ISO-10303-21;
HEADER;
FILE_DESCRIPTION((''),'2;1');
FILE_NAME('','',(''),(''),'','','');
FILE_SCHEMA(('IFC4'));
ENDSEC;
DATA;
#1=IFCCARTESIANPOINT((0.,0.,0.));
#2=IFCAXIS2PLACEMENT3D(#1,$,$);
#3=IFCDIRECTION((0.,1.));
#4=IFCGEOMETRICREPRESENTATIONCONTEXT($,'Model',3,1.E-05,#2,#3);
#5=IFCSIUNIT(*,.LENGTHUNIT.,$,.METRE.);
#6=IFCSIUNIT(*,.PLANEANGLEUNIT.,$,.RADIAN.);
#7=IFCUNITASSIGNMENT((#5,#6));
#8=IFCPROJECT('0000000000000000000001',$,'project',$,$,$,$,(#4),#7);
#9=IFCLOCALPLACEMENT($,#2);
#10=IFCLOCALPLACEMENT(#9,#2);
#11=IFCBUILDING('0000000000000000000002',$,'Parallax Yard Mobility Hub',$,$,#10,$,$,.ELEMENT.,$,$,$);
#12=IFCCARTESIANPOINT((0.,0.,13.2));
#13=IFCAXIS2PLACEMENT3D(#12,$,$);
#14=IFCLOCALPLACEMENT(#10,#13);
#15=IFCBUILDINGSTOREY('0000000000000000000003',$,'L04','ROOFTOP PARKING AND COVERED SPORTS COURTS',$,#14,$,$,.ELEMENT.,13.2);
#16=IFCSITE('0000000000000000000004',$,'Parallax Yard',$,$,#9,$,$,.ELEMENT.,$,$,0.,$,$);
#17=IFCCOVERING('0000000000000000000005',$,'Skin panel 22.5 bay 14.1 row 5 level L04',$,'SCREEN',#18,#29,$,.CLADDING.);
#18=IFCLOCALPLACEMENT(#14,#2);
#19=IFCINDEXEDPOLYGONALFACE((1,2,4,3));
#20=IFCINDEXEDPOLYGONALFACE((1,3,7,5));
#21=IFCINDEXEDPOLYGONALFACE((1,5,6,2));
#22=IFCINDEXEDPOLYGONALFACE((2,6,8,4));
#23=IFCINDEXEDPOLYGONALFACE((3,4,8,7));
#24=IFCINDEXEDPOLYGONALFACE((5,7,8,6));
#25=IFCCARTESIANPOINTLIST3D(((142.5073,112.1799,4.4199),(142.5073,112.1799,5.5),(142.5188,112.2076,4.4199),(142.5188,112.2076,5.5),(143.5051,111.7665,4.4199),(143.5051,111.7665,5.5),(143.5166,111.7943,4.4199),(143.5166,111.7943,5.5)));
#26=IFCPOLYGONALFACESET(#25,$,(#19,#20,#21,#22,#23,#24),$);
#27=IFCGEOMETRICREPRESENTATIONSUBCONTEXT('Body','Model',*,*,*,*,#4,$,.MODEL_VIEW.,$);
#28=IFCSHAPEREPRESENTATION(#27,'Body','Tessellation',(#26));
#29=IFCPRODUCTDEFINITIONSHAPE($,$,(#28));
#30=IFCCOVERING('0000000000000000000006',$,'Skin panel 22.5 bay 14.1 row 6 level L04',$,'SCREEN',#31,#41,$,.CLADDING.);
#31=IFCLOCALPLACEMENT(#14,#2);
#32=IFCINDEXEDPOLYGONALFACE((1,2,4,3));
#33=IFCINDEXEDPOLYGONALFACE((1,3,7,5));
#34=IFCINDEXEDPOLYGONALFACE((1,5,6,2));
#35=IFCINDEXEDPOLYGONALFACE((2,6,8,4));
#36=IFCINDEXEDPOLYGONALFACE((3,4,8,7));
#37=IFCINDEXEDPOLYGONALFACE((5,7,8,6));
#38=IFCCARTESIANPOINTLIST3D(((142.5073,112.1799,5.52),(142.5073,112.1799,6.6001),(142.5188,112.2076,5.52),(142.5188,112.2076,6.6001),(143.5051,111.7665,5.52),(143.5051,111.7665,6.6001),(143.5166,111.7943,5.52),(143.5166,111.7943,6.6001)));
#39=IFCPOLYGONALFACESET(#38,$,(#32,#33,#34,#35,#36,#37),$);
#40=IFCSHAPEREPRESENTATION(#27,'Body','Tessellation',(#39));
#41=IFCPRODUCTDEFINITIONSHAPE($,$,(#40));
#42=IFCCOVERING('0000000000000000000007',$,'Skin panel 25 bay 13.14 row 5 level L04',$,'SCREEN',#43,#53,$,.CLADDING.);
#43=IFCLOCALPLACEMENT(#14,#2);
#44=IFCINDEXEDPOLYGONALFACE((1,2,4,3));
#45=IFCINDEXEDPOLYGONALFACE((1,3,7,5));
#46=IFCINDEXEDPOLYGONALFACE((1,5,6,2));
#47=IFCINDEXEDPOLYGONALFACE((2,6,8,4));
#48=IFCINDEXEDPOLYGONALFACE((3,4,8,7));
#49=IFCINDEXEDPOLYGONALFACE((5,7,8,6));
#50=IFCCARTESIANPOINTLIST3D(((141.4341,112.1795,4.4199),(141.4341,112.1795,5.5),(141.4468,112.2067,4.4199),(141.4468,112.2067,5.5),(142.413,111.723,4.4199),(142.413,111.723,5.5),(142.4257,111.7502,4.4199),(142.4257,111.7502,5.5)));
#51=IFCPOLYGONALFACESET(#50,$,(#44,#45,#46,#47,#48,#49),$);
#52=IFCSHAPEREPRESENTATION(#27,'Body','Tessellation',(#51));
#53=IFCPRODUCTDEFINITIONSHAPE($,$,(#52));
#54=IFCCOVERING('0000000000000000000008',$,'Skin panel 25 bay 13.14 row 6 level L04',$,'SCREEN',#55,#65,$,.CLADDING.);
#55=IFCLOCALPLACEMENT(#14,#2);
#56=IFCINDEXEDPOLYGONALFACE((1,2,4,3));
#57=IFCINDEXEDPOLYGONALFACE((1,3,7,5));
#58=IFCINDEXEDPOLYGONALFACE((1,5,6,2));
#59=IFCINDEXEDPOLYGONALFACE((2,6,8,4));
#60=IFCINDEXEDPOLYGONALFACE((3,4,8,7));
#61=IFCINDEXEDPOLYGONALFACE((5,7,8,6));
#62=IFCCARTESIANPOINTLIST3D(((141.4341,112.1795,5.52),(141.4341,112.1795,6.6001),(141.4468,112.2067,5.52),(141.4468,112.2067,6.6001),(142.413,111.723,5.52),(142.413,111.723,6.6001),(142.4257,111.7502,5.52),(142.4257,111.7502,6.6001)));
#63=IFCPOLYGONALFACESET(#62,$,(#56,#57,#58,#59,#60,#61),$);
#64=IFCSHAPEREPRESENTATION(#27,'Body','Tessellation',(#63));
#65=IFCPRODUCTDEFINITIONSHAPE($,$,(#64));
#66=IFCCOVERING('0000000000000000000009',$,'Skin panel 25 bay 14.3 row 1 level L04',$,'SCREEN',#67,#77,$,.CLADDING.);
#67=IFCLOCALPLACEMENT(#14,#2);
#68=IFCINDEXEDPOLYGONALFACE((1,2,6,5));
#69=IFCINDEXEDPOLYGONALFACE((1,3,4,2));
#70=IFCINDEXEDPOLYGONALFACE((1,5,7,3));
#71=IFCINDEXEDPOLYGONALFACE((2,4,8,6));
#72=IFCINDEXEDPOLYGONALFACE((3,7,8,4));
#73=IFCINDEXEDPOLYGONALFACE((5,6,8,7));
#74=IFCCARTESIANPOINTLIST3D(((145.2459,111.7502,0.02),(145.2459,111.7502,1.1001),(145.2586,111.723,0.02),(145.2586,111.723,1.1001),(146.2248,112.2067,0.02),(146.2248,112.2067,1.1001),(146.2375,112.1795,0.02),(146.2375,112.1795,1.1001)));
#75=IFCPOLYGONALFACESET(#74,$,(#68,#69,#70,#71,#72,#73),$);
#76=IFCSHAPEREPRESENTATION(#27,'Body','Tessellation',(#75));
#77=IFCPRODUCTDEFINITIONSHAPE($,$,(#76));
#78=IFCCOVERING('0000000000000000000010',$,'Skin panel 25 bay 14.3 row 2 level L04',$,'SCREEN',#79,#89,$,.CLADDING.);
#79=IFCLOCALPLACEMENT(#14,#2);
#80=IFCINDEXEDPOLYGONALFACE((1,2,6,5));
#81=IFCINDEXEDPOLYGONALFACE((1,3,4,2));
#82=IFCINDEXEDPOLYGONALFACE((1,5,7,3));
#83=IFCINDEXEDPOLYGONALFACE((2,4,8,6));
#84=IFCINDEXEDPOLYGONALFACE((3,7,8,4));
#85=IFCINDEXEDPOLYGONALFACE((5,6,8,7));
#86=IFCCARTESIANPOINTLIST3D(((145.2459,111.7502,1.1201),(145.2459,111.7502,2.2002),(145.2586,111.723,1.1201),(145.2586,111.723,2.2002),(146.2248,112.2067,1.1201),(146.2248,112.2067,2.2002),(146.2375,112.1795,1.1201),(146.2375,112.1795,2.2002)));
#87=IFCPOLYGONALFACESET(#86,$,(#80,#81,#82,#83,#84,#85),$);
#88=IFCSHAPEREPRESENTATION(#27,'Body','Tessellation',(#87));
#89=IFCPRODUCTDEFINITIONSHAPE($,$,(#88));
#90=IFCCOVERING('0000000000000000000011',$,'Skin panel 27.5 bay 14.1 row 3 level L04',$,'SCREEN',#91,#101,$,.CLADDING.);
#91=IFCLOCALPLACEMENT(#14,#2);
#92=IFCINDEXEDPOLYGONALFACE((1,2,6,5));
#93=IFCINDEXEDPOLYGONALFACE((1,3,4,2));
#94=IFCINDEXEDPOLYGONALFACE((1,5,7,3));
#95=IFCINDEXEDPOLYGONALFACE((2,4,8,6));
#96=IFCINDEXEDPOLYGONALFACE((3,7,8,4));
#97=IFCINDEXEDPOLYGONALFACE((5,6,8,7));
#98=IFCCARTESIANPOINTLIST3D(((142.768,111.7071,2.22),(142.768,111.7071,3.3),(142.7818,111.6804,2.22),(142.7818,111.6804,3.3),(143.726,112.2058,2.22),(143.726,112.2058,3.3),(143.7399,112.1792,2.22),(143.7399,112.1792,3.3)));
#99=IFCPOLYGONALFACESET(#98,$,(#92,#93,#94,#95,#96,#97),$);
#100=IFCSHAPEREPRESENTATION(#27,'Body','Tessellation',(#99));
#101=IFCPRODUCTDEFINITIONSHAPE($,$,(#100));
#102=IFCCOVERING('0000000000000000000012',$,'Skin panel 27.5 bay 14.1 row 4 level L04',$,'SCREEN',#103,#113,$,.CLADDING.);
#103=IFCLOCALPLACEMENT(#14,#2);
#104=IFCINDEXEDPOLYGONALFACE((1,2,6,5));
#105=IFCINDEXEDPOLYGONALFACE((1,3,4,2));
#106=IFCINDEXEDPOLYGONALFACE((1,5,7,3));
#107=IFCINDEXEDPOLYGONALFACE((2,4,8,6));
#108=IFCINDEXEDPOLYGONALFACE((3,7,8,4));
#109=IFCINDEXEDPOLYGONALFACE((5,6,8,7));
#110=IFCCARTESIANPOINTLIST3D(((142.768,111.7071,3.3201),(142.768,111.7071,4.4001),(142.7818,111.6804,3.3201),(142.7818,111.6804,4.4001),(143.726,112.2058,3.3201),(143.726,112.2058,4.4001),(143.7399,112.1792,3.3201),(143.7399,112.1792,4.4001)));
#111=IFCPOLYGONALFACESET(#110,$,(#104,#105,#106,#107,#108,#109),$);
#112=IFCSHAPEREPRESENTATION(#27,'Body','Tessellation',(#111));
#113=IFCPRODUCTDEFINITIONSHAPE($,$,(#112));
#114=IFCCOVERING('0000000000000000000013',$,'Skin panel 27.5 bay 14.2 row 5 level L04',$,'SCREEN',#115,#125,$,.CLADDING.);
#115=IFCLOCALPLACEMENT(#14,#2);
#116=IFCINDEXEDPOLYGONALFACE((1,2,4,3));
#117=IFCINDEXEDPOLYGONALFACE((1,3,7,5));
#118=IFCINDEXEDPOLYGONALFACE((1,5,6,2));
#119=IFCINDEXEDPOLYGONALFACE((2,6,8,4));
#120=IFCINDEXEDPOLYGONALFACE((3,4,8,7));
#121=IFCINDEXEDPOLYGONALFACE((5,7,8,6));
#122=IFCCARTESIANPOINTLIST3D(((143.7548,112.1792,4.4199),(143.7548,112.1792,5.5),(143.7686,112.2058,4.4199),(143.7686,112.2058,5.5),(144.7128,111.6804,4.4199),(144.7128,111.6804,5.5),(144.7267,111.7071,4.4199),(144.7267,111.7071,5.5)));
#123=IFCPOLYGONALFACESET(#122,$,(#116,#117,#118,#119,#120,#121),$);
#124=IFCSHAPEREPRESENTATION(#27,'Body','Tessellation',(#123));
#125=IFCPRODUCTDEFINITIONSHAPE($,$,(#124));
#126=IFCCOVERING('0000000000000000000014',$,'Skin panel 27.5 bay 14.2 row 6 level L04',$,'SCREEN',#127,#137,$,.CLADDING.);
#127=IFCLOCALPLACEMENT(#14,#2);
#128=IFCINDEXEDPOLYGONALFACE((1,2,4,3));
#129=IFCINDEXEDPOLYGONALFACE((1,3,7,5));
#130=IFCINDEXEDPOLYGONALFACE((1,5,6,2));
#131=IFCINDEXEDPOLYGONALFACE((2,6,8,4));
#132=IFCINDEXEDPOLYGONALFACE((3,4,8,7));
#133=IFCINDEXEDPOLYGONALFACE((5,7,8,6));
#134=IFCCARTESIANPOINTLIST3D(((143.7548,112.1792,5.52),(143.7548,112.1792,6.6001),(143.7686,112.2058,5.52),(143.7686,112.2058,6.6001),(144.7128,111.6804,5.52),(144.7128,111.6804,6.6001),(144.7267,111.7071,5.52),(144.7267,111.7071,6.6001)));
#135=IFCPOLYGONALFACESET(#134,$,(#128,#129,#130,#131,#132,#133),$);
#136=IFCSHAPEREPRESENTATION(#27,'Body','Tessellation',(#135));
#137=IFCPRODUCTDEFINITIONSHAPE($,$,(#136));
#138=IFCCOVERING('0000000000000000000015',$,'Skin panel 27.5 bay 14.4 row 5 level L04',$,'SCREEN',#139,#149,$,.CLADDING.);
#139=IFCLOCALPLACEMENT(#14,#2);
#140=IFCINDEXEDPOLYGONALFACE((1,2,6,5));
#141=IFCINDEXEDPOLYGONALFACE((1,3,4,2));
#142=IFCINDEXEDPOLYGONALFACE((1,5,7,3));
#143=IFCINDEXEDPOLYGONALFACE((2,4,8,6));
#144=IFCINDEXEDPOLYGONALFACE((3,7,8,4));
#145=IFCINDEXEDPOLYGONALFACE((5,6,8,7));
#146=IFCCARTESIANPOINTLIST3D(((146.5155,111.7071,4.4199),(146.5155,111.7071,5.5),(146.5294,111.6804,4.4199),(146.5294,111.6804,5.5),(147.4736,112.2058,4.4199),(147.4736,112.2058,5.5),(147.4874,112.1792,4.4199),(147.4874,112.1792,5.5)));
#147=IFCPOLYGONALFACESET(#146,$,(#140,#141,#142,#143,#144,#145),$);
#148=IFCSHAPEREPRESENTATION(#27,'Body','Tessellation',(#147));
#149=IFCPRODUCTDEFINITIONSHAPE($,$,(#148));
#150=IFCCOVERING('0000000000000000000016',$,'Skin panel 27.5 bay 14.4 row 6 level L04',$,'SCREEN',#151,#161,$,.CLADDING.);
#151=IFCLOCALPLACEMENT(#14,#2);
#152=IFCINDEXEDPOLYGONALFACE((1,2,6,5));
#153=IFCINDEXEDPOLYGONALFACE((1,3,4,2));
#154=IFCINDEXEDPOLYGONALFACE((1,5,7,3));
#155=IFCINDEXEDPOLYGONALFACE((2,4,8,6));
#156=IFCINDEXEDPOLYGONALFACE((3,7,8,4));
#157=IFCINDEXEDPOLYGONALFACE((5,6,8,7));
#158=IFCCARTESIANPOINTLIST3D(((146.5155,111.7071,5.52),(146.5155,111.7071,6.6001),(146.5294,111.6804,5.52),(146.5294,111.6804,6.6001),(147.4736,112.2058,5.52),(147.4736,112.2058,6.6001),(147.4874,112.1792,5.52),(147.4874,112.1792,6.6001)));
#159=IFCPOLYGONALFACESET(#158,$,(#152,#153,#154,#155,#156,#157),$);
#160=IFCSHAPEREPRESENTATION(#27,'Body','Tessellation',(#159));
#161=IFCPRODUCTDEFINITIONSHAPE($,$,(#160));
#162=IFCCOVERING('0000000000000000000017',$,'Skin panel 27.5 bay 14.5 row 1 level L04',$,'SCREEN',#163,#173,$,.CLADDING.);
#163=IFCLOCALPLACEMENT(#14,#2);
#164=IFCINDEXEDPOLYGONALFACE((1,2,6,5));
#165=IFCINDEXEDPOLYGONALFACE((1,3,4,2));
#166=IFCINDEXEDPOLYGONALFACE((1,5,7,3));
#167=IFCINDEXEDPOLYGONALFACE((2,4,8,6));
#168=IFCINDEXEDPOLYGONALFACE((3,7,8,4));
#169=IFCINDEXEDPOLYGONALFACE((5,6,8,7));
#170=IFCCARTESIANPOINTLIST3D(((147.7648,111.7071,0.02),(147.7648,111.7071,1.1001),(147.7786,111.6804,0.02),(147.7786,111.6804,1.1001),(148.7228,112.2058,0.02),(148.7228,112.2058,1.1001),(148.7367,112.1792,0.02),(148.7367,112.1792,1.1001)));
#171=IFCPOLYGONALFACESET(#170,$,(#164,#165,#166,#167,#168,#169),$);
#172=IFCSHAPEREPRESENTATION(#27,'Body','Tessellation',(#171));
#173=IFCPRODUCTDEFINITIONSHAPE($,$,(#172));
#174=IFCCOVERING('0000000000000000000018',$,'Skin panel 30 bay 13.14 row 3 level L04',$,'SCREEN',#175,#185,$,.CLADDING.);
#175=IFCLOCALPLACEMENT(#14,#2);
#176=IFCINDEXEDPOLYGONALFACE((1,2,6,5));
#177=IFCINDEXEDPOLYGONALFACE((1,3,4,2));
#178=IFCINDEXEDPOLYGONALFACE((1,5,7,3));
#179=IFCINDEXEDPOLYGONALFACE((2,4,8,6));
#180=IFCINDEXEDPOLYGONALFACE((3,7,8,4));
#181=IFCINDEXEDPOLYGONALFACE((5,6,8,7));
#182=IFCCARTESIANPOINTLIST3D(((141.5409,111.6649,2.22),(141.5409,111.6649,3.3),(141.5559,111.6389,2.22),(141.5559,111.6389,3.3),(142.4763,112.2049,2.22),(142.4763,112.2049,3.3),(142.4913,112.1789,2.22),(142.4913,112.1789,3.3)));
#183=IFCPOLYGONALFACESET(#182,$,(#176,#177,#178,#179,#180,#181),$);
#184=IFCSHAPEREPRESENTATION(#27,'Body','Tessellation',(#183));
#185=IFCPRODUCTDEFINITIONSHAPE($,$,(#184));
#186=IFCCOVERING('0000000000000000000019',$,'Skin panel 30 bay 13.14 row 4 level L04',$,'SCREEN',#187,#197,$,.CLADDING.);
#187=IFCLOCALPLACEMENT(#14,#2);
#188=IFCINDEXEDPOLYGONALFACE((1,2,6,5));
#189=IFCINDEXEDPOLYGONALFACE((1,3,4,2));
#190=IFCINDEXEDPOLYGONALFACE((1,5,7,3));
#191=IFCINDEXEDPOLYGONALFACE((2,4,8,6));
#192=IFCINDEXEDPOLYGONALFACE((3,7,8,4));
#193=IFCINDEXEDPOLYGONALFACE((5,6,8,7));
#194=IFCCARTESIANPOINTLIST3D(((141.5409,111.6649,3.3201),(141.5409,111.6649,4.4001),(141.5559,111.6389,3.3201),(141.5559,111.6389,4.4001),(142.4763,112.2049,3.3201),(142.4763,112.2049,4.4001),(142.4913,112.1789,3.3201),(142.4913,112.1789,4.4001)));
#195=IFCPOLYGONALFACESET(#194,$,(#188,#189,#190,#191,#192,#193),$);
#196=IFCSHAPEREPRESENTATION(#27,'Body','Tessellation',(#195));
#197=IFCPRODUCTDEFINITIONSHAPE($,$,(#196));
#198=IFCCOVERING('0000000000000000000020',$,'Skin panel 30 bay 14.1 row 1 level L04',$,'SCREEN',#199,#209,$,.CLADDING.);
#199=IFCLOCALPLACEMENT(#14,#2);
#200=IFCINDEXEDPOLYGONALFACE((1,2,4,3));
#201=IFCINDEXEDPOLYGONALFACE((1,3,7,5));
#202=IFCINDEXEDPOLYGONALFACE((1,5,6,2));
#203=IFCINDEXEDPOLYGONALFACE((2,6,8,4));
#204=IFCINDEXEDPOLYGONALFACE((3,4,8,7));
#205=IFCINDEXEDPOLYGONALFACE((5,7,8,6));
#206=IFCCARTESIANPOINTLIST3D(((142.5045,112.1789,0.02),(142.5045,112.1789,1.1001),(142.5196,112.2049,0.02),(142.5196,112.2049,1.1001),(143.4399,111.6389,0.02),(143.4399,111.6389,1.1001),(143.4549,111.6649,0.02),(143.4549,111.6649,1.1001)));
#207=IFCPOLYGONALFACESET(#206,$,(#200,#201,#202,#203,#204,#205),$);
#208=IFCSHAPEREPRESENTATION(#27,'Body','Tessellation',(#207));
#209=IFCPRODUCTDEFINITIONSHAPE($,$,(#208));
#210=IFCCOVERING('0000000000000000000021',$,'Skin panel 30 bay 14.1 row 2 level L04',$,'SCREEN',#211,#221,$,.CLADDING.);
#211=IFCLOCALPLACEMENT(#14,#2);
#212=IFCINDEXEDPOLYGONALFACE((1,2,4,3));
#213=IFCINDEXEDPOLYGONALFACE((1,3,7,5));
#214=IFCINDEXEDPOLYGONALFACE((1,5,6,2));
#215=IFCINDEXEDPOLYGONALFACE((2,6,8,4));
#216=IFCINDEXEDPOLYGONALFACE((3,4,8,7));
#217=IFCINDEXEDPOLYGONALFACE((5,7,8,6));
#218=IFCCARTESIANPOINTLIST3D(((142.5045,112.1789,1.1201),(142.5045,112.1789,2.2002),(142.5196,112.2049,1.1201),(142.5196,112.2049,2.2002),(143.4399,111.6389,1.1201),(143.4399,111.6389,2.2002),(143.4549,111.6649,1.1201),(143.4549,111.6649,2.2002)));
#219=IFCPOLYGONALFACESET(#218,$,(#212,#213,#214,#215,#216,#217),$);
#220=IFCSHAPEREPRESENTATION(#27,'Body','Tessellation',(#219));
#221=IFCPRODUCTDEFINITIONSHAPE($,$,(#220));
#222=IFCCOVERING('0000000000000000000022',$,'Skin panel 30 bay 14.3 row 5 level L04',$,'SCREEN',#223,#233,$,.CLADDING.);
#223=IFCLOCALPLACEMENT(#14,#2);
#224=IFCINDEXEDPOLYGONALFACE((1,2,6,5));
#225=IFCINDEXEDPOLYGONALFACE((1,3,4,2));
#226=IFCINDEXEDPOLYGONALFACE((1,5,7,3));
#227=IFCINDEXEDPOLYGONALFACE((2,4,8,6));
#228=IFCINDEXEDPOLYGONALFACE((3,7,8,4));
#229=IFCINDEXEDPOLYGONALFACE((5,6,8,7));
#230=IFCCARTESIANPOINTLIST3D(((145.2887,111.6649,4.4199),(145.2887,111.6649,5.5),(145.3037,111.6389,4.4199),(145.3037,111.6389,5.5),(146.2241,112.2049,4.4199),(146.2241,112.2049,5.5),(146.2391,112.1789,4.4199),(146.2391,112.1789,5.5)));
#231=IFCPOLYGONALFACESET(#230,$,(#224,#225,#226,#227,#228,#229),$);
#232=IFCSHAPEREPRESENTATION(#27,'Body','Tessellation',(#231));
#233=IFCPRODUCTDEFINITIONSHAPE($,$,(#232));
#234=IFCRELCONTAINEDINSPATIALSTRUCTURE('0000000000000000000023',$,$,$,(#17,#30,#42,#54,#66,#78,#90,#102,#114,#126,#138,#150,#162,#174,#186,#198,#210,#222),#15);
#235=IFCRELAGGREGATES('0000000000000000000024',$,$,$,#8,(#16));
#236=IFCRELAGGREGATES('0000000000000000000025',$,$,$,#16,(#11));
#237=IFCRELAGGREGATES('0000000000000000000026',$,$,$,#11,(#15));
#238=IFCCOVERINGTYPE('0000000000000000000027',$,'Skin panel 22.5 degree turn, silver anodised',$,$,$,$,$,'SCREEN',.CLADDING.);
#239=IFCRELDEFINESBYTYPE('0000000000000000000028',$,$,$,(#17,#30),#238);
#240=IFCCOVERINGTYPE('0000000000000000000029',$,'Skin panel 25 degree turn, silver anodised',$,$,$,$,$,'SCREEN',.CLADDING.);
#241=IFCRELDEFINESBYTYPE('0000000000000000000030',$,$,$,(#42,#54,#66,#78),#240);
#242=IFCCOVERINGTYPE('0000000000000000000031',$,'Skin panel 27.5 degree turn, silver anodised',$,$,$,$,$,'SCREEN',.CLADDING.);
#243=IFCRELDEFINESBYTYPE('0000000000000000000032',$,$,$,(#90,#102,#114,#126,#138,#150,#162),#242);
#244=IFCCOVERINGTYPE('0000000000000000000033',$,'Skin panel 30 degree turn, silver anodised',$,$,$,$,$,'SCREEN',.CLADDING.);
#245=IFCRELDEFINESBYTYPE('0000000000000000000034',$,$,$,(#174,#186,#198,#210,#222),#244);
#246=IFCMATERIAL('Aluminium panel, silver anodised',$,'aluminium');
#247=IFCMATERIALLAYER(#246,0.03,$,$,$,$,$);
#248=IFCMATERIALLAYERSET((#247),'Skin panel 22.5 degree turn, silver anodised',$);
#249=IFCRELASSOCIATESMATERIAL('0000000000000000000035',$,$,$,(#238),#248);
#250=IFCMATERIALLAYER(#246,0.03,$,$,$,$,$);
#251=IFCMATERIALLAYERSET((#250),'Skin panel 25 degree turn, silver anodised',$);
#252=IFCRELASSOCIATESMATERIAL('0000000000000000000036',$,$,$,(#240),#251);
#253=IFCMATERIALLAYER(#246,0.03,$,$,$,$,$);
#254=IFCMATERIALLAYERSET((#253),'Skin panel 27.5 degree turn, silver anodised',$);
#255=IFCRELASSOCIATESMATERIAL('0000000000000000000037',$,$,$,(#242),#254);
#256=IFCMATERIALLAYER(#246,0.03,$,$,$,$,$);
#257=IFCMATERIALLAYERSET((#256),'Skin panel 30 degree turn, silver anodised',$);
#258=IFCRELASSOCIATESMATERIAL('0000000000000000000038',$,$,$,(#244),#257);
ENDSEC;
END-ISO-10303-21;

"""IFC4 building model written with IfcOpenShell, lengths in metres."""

from ifc_helpers import new_model, si_unit, direction, frame, origin, origin_2d, place, context, subcontext, project, spatial, rectangle, extrude, material, layer, layer_set, type_object, element, save


model = new_model("IFC4")

# Units and contexts
model_context = context("Model", 3, precision=1e-05, world=origin(), true_north=direction((0.0, 1.0)))
body_context = subcontext(model_context, "Body", "Model", "MODEL_VIEW")
ifc_project = project(units=[si_unit("LENGTHUNIT", "METRE"), si_unit("PLANEANGLEUNIT", "RADIAN")], contexts=[model_context])

# Site, building, storey
site_placement = place(None, origin())
site = spatial("IfcSite", under=ifc_project, at=site_placement, Name="Parallax Yard", CompositionType="ELEMENT", RefElevation=0.0)
building_placement = place(site_placement, origin())
building = spatial("IfcBuilding", under=site, at=building_placement, Name="Parallax Yard Mobility Hub", CompositionType="ELEMENT")
storey_placement = place(building_placement, frame((0.0, 0.0, 13.2)))
storey = spatial("IfcBuildingStorey", under=building, at=storey_placement, Name="L04", Description="ROOFTOP PARKING AND COVERED SPORTS COURTS", CompositionType="ELEMENT", Elevation=13.2)

# Coverings
ifc_material = material(Name="Aluminium panel, silver anodised", Category="aluminium")
ifc_layer_1 = layer(ifc_material, 0.03)
ifc_layer_set_1 = layer_set([ifc_layer_1], Name="Skin panel 22.5 degree turn, silver anodised")
covering_type_1 = type_object("IfcCoveringType", Name="Skin panel 22.5 degree turn, silver anodised", ElementType="SCREEN", PredefinedType="CLADDING", material=ifc_layer_set_1)
for number, where, z_axis, x_axis, name in (
    (1, (143.012, 111.9871, 4.4199), (0.0, 0.0, 1.0), (0.92388, -0.382683, 0.0), "Skin panel 22.5 bay 14.1 row 5 level L04"),
    (2, (143.012, 111.9871, 5.52), (0.0, 0.0, 1.0), (0.92388, -0.382683, 0.0), "Skin panel 22.5 bay 14.1 row 6 level L04"),
):
    element("IfcCovering", number, at=place(storey_placement, frame(where, z_axis=z_axis, x_axis=x_axis)), inside=storey, type_object=covering_type_1, Name=name, ObjectType="SCREEN", PredefinedType="CLADDING", context=body_context, shape_type="SweptSolid", body=[
        extrude(rectangle(XDim=1.0801, YDim=0.03, at=origin_2d()), origin(), (0.0, 0.0, 1.0), 1.0801),
    ])
ifc_layer_2 = layer(ifc_material, 0.03)
ifc_layer_set_2 = layer_set([ifc_layer_2], Name="Skin panel 25 degree turn, silver anodised")
covering_type_2 = type_object("IfcCoveringType", Name="Skin panel 25 degree turn, silver anodised", ElementType="SCREEN", PredefinedType="CLADDING", material=ifc_layer_set_2)
for number, where, z_axis, x_axis, name in (
    (3, (141.9299, 111.9648, 4.4199), (0.0, 0.0, 1.0), (0.906308, -0.422618, 0.0), "Skin panel 25 bay 13.14 row 5 level L04"),
    (4, (141.9299, 111.9648, 5.52), (0.0, 0.0, 1.0), (0.906308, -0.422618, 0.0), "Skin panel 25 bay 13.14 row 6 level L04"),
    (5, (145.7417, 111.9648, 0.02), (0.0, 0.0, 1.0), (-0.906308, -0.422618, 0.0), "Skin panel 25 bay 14.3 row 1 level L04"),
    (6, (145.7417, 111.9648, 1.1201), (0.0, 0.0, 1.0), (-0.906308, -0.422618, 0.0), "Skin panel 25 bay 14.3 row 2 level L04"),
):
    element("IfcCovering", number, at=place(storey_placement, frame(where, z_axis=z_axis, x_axis=x_axis)), inside=storey, type_object=covering_type_2, Name=name, ObjectType="SCREEN", PredefinedType="CLADDING", context=body_context, shape_type="SweptSolid", body=[
        extrude(rectangle(XDim=1.0801, YDim=0.03, at=origin_2d()), origin(), (0.0, 0.0, 1.0), 1.0801),
    ])
ifc_layer_3 = layer(ifc_material, 0.03)
ifc_layer_set_3 = layer_set([ifc_layer_3], Name="Skin panel 27.5 degree turn, silver anodised")
covering_type_3 = type_object("IfcCoveringType", Name="Skin panel 27.5 degree turn, silver anodised", ElementType="SCREEN", PredefinedType="CLADDING", material=ifc_layer_set_3)
for number, where, z_axis, x_axis, name in (
    (7, (143.2539, 111.9431, 2.22), (0.0, 0.0, 1.0), (-0.887011, -0.461749, 0.0), "Skin panel 27.5 bay 14.1 row 3 level L04"),
    (8, (143.2539, 111.9431, 3.3201), (0.0, 0.0, 1.0), (-0.887011, -0.461749, 0.0), "Skin panel 27.5 bay 14.1 row 4 level L04"),
    (9, (144.2407, 111.9431, 4.4199), (0.0, 0.0, 1.0), (0.887011, -0.461749, 0.0), "Skin panel 27.5 bay 14.2 row 5 level L04"),
    (10, (144.2407, 111.9431, 5.52), (0.0, 0.0, 1.0), (0.887011, -0.461749, 0.0), "Skin panel 27.5 bay 14.2 row 6 level L04"),
    (11, (147.0015, 111.9431, 4.4199), (0.0, 0.0, 1.0), (-0.887011, -0.461749, 0.0), "Skin panel 27.5 bay 14.4 row 5 level L04"),
    (12, (147.0015, 111.9431, 5.52), (0.0, 0.0, 1.0), (-0.887011, -0.461749, 0.0), "Skin panel 27.5 bay 14.4 row 6 level L04"),
    (13, (148.2507, 111.9431, 0.02), (0.0, 0.0, 1.0), (-0.887011, -0.461749, 0.0), "Skin panel 27.5 bay 14.5 row 1 level L04"),
):
    element("IfcCovering", number, at=place(storey_placement, frame(where, z_axis=z_axis, x_axis=x_axis)), inside=storey, type_object=covering_type_3, Name=name, ObjectType="SCREEN", PredefinedType="CLADDING", context=body_context, shape_type="SweptSolid", body=[
        extrude(rectangle(XDim=1.0801, YDim=0.03, at=origin_2d()), origin(), (0.0, 0.0, 1.0), 1.0801),
    ])
ifc_layer_4 = layer(ifc_material, 0.03)
ifc_layer_set_4 = layer_set([ifc_layer_4], Name="Skin panel 30 degree turn, silver anodised")
covering_type_4 = type_object("IfcCoveringType", Name="Skin panel 30 degree turn, silver anodised", ElementType="SCREEN", PredefinedType="CLADDING", material=ifc_layer_set_4)
for number, where, z_axis, x_axis, name in (
    (14, (142.0161, 111.9219, 2.22), (0.0, 0.0, 1.0), (-0.866025, -0.5, 0.0), "Skin panel 30 bay 13.14 row 3 level L04"),
    (15, (142.0161, 111.9219, 3.3201), (0.0, 0.0, 1.0), (-0.866025, -0.5, 0.0), "Skin panel 30 bay 13.14 row 4 level L04"),
    (16, (142.9797, 111.9219, 0.02), (0.0, 0.0, 1.0), (0.866025, -0.5, 0.0), "Skin panel 30 bay 14.1 row 1 level L04"),
    (17, (142.9797, 111.9219, 1.1201), (0.0, 0.0, 1.0), (0.866025, -0.5, 0.0), "Skin panel 30 bay 14.1 row 2 level L04"),
    (18, (145.7639, 111.9219, 4.4199), (0.0, 0.0, 1.0), (-0.866025, -0.5, 0.0), "Skin panel 30 bay 14.3 row 5 level L04"),
):
    element("IfcCovering", number, at=place(storey_placement, frame(where, z_axis=z_axis, x_axis=x_axis)), inside=storey, type_object=covering_type_4, Name=name, ObjectType="SCREEN", PredefinedType="CLADDING", context=body_context, shape_type="SweptSolid", body=[
        extrude(rectangle(XDim=1.0801, YDim=0.03, at=origin_2d()), origin(), (0.0, 0.0, 1.0), 1.0801),
    ])

save(model, "model.ifc")
